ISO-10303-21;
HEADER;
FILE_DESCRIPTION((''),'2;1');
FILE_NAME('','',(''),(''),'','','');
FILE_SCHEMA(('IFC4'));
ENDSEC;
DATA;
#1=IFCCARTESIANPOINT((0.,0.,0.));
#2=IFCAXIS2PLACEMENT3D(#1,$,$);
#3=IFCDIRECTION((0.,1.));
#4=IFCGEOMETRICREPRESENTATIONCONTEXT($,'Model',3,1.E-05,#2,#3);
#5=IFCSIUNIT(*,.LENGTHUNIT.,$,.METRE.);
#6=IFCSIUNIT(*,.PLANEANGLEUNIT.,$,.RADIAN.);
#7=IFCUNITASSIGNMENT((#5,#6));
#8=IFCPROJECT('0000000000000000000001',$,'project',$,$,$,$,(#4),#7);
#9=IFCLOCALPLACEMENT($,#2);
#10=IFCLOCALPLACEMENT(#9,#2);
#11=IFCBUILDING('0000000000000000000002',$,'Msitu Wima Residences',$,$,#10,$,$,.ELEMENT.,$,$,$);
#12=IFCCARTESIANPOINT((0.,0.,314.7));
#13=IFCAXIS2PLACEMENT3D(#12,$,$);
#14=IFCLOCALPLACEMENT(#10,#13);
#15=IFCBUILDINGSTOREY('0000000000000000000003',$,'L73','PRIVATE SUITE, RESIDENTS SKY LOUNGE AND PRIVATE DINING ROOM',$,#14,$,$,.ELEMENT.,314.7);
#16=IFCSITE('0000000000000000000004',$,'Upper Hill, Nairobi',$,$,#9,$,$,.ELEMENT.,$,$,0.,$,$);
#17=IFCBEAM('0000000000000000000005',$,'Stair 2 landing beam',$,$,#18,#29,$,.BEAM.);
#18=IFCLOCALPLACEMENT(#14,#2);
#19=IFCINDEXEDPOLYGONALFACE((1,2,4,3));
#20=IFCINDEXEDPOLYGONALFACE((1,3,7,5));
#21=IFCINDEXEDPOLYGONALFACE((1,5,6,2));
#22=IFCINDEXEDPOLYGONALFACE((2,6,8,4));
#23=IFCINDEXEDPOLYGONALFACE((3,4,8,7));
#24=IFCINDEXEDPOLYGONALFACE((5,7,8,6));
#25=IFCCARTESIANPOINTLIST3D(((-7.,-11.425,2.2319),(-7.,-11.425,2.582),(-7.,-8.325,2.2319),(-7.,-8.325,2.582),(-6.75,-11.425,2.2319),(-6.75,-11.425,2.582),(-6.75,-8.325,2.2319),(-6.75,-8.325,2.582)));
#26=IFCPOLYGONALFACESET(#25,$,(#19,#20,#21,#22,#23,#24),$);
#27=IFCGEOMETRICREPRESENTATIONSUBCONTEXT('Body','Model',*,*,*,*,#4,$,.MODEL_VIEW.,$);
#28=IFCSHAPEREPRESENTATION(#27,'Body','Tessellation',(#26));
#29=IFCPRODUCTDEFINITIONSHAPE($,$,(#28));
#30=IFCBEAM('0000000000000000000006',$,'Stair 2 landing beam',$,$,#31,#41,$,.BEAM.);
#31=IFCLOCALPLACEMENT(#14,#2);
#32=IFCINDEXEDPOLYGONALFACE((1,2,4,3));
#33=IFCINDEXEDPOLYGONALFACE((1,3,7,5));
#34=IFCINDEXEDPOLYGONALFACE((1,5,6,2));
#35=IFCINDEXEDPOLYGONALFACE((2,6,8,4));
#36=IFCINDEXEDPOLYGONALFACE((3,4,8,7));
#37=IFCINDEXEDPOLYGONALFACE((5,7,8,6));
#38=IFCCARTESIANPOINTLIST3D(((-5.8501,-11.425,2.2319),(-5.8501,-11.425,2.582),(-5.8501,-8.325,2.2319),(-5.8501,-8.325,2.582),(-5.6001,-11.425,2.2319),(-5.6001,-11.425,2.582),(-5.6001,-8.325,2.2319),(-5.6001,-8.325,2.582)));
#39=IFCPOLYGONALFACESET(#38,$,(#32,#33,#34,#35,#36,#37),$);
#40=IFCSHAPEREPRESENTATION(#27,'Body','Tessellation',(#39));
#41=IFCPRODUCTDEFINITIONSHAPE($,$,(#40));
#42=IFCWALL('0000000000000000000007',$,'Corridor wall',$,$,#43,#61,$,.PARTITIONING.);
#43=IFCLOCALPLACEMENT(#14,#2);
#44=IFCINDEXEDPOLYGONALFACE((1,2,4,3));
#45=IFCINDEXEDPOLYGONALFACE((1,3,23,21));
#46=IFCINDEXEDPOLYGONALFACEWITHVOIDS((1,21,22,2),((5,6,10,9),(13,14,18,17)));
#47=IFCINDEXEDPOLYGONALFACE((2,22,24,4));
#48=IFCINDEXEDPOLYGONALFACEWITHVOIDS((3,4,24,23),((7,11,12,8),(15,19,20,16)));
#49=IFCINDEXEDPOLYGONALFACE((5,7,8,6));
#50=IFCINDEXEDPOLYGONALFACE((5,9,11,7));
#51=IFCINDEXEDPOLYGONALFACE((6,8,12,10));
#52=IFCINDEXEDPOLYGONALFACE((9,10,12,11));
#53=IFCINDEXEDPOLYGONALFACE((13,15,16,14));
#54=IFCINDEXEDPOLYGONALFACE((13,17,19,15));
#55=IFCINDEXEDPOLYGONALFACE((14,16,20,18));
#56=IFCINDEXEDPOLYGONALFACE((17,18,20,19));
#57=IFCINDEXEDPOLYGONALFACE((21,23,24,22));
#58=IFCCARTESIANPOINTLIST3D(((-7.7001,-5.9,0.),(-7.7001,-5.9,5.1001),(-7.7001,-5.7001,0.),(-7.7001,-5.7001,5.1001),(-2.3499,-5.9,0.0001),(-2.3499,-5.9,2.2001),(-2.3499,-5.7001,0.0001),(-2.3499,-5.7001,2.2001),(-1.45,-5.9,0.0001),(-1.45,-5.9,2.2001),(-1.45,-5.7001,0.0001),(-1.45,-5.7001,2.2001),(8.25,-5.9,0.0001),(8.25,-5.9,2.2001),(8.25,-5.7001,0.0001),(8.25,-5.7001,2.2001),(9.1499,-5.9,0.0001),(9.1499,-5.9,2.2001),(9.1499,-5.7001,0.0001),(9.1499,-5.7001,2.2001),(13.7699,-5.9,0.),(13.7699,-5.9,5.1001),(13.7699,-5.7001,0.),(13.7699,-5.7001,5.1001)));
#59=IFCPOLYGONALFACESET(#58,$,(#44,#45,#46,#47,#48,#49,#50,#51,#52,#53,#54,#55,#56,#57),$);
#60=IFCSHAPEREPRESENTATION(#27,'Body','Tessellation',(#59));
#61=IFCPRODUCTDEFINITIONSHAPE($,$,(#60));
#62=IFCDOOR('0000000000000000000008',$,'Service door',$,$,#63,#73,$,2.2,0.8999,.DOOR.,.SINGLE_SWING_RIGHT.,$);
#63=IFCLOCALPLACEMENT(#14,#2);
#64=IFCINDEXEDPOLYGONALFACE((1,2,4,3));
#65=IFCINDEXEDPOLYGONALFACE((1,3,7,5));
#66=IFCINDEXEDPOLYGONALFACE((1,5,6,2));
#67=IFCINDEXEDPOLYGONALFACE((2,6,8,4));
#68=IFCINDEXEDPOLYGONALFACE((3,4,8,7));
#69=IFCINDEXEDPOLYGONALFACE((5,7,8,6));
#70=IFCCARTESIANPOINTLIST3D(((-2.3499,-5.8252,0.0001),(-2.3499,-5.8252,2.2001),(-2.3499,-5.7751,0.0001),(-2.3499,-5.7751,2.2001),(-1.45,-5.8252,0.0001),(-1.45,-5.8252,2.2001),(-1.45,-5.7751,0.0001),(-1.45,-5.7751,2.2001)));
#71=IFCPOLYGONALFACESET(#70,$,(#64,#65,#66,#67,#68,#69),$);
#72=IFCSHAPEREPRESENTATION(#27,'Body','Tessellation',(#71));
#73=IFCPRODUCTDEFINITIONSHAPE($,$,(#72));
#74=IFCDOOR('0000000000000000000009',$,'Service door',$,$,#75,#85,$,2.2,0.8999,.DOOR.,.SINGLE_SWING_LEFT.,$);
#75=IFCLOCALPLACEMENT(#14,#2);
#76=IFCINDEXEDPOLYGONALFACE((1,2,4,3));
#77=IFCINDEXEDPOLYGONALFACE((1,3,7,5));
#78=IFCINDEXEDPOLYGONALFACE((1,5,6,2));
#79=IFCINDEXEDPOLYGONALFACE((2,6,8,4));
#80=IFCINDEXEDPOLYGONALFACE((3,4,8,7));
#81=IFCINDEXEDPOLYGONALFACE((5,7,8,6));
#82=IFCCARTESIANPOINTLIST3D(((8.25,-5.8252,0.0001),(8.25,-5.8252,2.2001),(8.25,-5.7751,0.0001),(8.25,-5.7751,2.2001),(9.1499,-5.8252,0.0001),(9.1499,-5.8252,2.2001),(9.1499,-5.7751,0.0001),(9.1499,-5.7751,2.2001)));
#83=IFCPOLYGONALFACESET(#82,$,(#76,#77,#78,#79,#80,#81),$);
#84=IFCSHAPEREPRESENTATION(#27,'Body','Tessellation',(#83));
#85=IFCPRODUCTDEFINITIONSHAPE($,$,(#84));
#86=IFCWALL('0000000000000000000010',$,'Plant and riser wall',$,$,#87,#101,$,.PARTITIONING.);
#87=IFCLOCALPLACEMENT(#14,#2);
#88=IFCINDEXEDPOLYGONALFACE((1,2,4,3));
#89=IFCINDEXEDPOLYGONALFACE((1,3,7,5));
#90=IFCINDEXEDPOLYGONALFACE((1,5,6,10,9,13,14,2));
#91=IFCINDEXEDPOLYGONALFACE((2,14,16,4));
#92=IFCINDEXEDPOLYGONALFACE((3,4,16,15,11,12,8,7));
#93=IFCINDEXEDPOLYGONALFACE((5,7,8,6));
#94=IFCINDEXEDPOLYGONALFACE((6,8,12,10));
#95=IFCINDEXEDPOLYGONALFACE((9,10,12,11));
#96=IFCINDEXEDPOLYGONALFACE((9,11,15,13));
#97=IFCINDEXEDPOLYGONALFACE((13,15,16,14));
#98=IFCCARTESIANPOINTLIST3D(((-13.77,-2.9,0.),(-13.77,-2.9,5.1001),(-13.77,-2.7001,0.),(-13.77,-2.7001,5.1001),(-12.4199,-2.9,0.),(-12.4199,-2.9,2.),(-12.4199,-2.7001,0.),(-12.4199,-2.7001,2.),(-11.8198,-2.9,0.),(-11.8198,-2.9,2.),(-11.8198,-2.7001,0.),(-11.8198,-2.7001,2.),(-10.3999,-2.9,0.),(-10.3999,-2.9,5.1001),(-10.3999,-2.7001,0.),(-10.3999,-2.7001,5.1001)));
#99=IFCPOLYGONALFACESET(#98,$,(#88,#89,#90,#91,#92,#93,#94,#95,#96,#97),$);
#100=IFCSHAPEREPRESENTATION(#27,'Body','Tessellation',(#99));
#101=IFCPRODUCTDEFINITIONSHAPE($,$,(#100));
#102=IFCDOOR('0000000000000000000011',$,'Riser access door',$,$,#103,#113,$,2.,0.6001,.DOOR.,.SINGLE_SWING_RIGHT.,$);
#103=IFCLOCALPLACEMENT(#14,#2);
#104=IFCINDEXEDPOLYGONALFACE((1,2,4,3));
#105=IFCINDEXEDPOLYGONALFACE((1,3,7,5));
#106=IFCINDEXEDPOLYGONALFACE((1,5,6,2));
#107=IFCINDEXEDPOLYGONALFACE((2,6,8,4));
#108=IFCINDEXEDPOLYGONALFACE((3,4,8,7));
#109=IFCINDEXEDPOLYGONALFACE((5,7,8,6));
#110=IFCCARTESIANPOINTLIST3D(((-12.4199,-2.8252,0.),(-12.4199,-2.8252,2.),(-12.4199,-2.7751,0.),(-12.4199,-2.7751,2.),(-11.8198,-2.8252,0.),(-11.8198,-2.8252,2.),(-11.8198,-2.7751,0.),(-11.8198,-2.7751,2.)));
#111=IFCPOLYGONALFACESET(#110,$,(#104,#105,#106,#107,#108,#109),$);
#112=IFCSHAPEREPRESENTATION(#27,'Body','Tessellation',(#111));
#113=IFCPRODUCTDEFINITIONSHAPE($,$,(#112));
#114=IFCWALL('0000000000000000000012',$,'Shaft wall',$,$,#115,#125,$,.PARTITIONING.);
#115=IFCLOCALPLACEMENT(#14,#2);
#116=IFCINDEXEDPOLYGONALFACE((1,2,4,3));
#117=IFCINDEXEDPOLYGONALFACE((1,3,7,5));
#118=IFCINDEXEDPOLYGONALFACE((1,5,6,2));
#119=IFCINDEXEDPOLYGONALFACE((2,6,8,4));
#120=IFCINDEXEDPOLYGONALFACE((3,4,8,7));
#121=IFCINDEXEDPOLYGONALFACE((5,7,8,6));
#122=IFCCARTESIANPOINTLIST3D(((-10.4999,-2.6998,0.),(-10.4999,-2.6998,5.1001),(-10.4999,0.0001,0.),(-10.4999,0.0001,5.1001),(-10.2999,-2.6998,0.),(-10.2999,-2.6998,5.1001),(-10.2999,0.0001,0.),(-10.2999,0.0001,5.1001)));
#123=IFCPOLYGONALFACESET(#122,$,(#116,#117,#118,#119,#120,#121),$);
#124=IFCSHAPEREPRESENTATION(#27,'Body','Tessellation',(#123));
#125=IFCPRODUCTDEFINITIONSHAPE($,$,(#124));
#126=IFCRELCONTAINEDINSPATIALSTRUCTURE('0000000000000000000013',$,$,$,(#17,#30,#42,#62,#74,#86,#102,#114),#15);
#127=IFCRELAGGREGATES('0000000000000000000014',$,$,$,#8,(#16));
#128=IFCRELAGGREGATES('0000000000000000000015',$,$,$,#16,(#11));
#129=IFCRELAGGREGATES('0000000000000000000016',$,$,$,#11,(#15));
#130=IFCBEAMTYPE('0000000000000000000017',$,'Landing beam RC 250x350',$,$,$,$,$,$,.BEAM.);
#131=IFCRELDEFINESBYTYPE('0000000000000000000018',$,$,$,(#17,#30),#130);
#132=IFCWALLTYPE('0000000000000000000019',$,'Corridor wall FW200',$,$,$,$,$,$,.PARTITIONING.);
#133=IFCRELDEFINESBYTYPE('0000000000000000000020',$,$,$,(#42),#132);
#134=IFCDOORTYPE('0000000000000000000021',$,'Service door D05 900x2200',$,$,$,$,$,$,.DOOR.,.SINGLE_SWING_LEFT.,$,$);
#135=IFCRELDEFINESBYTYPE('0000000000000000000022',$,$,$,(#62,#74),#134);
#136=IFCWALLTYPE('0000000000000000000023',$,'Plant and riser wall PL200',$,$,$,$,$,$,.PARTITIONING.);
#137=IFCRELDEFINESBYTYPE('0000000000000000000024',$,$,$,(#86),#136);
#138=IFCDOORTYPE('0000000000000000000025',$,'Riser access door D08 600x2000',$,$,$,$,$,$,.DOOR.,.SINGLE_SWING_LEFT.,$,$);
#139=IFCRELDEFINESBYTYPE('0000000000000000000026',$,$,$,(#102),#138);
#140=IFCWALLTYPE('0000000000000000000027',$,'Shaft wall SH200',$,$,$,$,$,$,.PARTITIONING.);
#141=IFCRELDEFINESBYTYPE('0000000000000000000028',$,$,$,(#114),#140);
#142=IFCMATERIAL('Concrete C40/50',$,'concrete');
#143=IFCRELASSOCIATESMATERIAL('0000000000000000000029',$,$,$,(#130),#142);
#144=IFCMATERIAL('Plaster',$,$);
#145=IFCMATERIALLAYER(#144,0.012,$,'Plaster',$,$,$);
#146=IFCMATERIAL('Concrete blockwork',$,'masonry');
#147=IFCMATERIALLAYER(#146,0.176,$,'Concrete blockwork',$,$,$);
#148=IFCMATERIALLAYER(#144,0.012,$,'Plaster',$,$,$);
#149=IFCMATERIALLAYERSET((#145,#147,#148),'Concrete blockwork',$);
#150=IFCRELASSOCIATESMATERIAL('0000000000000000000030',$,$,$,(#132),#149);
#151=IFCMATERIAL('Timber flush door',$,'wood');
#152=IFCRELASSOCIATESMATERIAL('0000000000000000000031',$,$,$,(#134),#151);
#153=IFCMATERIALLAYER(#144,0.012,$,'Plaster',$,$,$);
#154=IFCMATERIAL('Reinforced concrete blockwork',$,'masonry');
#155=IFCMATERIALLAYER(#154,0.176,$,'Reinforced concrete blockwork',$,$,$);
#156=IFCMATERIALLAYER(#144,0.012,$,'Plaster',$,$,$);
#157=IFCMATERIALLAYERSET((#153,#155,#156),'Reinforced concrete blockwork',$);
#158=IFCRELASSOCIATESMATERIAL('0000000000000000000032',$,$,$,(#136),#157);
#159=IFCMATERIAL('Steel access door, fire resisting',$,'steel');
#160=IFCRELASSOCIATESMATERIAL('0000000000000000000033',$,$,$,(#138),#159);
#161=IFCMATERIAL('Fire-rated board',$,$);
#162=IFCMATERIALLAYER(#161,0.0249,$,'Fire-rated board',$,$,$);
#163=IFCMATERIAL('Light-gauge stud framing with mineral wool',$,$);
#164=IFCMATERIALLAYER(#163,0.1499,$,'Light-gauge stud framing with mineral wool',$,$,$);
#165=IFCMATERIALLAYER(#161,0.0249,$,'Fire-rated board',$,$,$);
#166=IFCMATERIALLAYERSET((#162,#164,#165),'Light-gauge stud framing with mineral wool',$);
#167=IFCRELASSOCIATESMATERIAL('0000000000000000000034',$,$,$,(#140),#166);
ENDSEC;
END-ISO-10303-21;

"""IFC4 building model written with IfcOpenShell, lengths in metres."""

from ifc_helpers import new_model, si_unit, direction, frame, frame_2d, origin, origin_2d, place, context, subcontext, project, spatial, rectangle, extrude, material, layer, layer_set, material_profile, profile_set, type_object, element, fill, save


model = new_model("IFC4")

# Units and contexts
model_context = context("Model", 3, precision=1e-05, world=origin(), true_north=direction((0.0, 1.0)))
body_context = subcontext(model_context, "Body", "Model", "MODEL_VIEW")
ifc_project = project(units=[si_unit("LENGTHUNIT", "METRE"), si_unit("PLANEANGLEUNIT", "RADIAN")], contexts=[model_context])

# Site, building, storey
site_placement = place(None, origin())
site = spatial("IfcSite", under=ifc_project, at=site_placement, Name="Upper Hill, Nairobi", CompositionType="ELEMENT", RefElevation=0.0)
building_placement = place(site_placement, origin())
building = spatial("IfcBuilding", under=site, at=building_placement, Name="Msitu Wima Residences", CompositionType="ELEMENT")
storey_placement = place(building_placement, frame((0.0, 0.0, 314.7)))
storey = spatial("IfcBuildingStorey", under=building, at=storey_placement, Name="L73", Description="PRIVATE SUITE, RESIDENTS SKY LOUNGE AND PRIVATE DINING ROOM", CompositionType="ELEMENT", Elevation=314.7)

# Beams
ifc_material_1 = material(Name="Concrete C40/50", Category="concrete")
ifc_material_profile = material_profile(ifc_material_1, rectangle(XDim=0.25, YDim=0.3501, at=origin_2d()), Name="RC 250x350")
ifc_profile_set = profile_set([ifc_material_profile], Name="Concrete C40/50")
beam_type = type_object("IfcBeamType", Name="Landing beam RC 250x350", PredefinedType="BEAM", material=ifc_profile_set)
for number, where, z_axis, x_axis, name in (
    (1, (-6.875, -11.425, 2.407), (0.0, 1.0, 0.0), (-1.0, 0.0, 0.0), "Stair 2 landing beam"),
    (2, (-5.7251, -11.425, 2.407), (0.0, 1.0, 0.0), (-1.0, 0.0, 0.0), "Stair 2 landing beam"),
):
    element("IfcBeam", number, at=place(storey_placement, frame(where, z_axis=z_axis, x_axis=x_axis)), inside=storey, type_object=beam_type, Name=name, PredefinedType="BEAM", context=body_context, shape_type="SweptSolid", body=[
        extrude(rectangle(XDim=0.25, YDim=0.3501, at=origin_2d()), origin(), (0.0, 0.0, 1.0), 3.1001),
    ])

# Shared definitions
ifc_material_2 = material(Name="Plaster")
ifc_layer_1 = layer(ifc_material_2, 0.012, Name="Plaster")
ifc_material_3 = material(Name="Concrete blockwork", Category="masonry")
ifc_layer_2 = layer(ifc_material_3, 0.176, Name="Concrete blockwork")
ifc_layer_3 = layer(ifc_material_2, 0.012, Name="Plaster")
ifc_layer_set_1 = layer_set([ifc_layer_1, ifc_layer_2, ifc_layer_3], Name="Concrete blockwork")
wall_type_1 = type_object("IfcWallType", Name="Corridor wall FW200", PredefinedType="PARTITIONING", material=ifc_layer_set_1)

# Wall, openings, doors
wall_1_placement = place(storey_placement, frame((-7.7, -5.8, 0.0), z_axis=(0.0, 0.0, 1.0), x_axis=(1.0, 0.0, 0.0)))
wall_1 = element("IfcWall", 3, at=wall_1_placement, inside=storey, type_object=wall_type_1, Name="Corridor wall", PredefinedType="PARTITIONING", context=body_context, shape_type="SweptSolid", body=[
    extrude(rectangle(XDim=21.47, YDim=0.2, at=frame_2d((10.7349, 0.0))), origin(), (0.0, 0.0, 1.0), 5.1001),
])
opening_1_placement = place(wall_1_placement, frame((5.3501, 0.0, 0.0)))
opening_1 = element("IfcOpeningElement", 4, at=opening_1_placement, cuts=wall_1, PredefinedType="OPENING", context=body_context, shape_type="SweptSolid", body=[
    extrude(rectangle(XDim=0.8999, YDim=2.2, at=frame_2d((0.45, 1.1001))), frame((0.0, 0.1099, 0.0), z_axis=(0.0, -1.0, 0.0), x_axis=(1.0, 0.0, 0.0)), (0.0, 0.0, 1.0), 0.22),
])
opening_2_placement = place(wall_1_placement, frame((15.95, 0.0, 0.0)))
opening_2 = element("IfcOpeningElement", 5, at=opening_2_placement, cuts=wall_1, PredefinedType="OPENING", context=body_context, shape_type="SweptSolid", body=[
    extrude(rectangle(XDim=0.8999, YDim=2.2, at=frame_2d((0.45, 1.1001))), frame((0.0, 0.1099, 0.0), z_axis=(0.0, -1.0, 0.0), x_axis=(1.0, 0.0, 0.0)), (0.0, 0.0, 1.0), 0.22),
])
ifc_material_4 = material(Name="Timber flush door", Category="wood")
door_type_1 = type_object("IfcDoorType", Name="Service door D05 900x2200", OperationType="SINGLE_SWING_LEFT", PredefinedType="DOOR", material=ifc_material_4)
door_1_placement = place(opening_1_placement, origin())
door_1 = element("IfcDoor", 6, at=door_1_placement, inside=storey, type_object=door_type_1, Name="Service door", OperationType="SINGLE_SWING_RIGHT", OverallHeight=2.2, OverallWidth=0.8999, PredefinedType="DOOR", context=body_context, shape_type="SweptSolid", body=[
    extrude(rectangle(XDim=0.8999, YDim=2.2, at=frame_2d((0.45, 1.1001))), frame((0.0, 0.0249, 0.0), z_axis=(0.0, -1.0, 0.0), x_axis=(1.0, 0.0, 0.0)), (0.0, 0.0, 1.0), 0.05),
])
fill(opening_1, door_1)
door_2_placement = place(opening_2_placement, origin())
door_2 = element("IfcDoor", 7, at=door_2_placement, inside=storey, type_object=door_type_1, Name="Service door", OperationType="SINGLE_SWING_LEFT", OverallHeight=2.2, OverallWidth=0.8999, PredefinedType="DOOR", context=body_context, shape_type="SweptSolid", body=[
    extrude(rectangle(XDim=0.8999, YDim=2.2, at=frame_2d((0.45, 1.1001))), frame((0.0, 0.0249, 0.0), z_axis=(0.0, -1.0, 0.0), x_axis=(1.0, 0.0, 0.0)), (0.0, 0.0, 1.0), 0.05),
])
fill(opening_2, door_2)

# Wall, opening, door
ifc_layer_4 = layer(ifc_material_2, 0.012, Name="Plaster")
ifc_material_5 = material(Name="Reinforced concrete blockwork", Category="masonry")
ifc_layer_5 = layer(ifc_material_5, 0.176, Name="Reinforced concrete blockwork")
ifc_layer_6 = layer(ifc_material_2, 0.012, Name="Plaster")
ifc_layer_set_2 = layer_set([ifc_layer_4, ifc_layer_5, ifc_layer_6], Name="Reinforced concrete blockwork")
wall_type_2 = type_object("IfcWallType", Name="Plant and riser wall PL200", PredefinedType="PARTITIONING", material=ifc_layer_set_2)
wall_2_placement = place(storey_placement, frame((-13.77, -2.8, 0.0), z_axis=(0.0, 0.0, 1.0), x_axis=(1.0, 0.0, 0.0)))
wall_2 = element("IfcWall", 8, at=wall_2_placement, inside=storey, type_object=wall_type_2, Name="Plant and riser wall", PredefinedType="PARTITIONING", context=body_context, shape_type="SweptSolid", body=[
    extrude(rectangle(XDim=3.3701, YDim=0.2, at=frame_2d((1.6851, 0.0))), origin(), (0.0, 0.0, 1.0), 5.1001),
])
opening_3_placement = place(wall_2_placement, frame((1.3501, 0.0, 0.0)))
opening_3 = element("IfcOpeningElement", 9, at=opening_3_placement, cuts=wall_2, PredefinedType="OPENING", context=body_context, shape_type="SweptSolid", body=[
    extrude(rectangle(XDim=0.6001, YDim=2.0, at=frame_2d((0.3, 1.0))), frame((0.0, 0.1099, 0.0), z_axis=(0.0, -1.0, 0.0), x_axis=(1.0, 0.0, 0.0)), (0.0, 0.0, 1.0), 0.22),
])
ifc_material_6 = material(Name="Steel access door, fire resisting", Category="steel")
door_type_2 = type_object("IfcDoorType", Name="Riser access door D08 600x2000", OperationType="SINGLE_SWING_LEFT", PredefinedType="DOOR", material=ifc_material_6)
door_3_placement = place(opening_3_placement, origin())
door_3 = element("IfcDoor", 10, at=door_3_placement, inside=storey, type_object=door_type_2, Name="Riser access door", OperationType="SINGLE_SWING_RIGHT", OverallHeight=2.0, OverallWidth=0.6001, PredefinedType="DOOR", context=body_context, shape_type="SweptSolid", body=[
    extrude(rectangle(XDim=0.6001, YDim=2.0, at=frame_2d((0.3, 1.0))), frame((0.0, 0.0249, 0.0), z_axis=(0.0, -1.0, 0.0), x_axis=(1.0, 0.0, 0.0)), (0.0, 0.0, 1.0), 0.05),
])
fill(opening_3, door_3)

# Wall
ifc_material_7 = material(Name="Fire-rated board")
ifc_layer_7 = layer(ifc_material_7, 0.0249, Name="Fire-rated board")
ifc_material_8 = material(Name="Light-gauge stud framing with mineral wool")
ifc_layer_8 = layer(ifc_material_8, 0.1499, Name="Light-gauge stud framing with mineral wool")
ifc_layer_9 = layer(ifc_material_7, 0.0249, Name="Fire-rated board")
ifc_layer_set_3 = layer_set([ifc_layer_7, ifc_layer_8, ifc_layer_9], Name="Light-gauge stud framing with mineral wool")
wall_type_3 = type_object("IfcWallType", Name="Shaft wall SH200", PredefinedType="PARTITIONING", material=ifc_layer_set_3)
wall_3_placement = place(storey_placement, frame((-10.3999, -2.7, 0.0), z_axis=(0.0, 0.0, 1.0), x_axis=(0.0, 1.0, 0.0)))
element("IfcWall", 11, at=wall_3_placement, inside=storey, type_object=wall_type_3, Name="Shaft wall", PredefinedType="PARTITIONING", context=body_context, shape_type="SweptSolid", body=[
    extrude(rectangle(XDim=2.7, YDim=0.2, at=frame_2d((1.3501, 0.0))), origin(), (0.0, 0.0, 1.0), 5.1001),
])

save(model, "model.ifc")
